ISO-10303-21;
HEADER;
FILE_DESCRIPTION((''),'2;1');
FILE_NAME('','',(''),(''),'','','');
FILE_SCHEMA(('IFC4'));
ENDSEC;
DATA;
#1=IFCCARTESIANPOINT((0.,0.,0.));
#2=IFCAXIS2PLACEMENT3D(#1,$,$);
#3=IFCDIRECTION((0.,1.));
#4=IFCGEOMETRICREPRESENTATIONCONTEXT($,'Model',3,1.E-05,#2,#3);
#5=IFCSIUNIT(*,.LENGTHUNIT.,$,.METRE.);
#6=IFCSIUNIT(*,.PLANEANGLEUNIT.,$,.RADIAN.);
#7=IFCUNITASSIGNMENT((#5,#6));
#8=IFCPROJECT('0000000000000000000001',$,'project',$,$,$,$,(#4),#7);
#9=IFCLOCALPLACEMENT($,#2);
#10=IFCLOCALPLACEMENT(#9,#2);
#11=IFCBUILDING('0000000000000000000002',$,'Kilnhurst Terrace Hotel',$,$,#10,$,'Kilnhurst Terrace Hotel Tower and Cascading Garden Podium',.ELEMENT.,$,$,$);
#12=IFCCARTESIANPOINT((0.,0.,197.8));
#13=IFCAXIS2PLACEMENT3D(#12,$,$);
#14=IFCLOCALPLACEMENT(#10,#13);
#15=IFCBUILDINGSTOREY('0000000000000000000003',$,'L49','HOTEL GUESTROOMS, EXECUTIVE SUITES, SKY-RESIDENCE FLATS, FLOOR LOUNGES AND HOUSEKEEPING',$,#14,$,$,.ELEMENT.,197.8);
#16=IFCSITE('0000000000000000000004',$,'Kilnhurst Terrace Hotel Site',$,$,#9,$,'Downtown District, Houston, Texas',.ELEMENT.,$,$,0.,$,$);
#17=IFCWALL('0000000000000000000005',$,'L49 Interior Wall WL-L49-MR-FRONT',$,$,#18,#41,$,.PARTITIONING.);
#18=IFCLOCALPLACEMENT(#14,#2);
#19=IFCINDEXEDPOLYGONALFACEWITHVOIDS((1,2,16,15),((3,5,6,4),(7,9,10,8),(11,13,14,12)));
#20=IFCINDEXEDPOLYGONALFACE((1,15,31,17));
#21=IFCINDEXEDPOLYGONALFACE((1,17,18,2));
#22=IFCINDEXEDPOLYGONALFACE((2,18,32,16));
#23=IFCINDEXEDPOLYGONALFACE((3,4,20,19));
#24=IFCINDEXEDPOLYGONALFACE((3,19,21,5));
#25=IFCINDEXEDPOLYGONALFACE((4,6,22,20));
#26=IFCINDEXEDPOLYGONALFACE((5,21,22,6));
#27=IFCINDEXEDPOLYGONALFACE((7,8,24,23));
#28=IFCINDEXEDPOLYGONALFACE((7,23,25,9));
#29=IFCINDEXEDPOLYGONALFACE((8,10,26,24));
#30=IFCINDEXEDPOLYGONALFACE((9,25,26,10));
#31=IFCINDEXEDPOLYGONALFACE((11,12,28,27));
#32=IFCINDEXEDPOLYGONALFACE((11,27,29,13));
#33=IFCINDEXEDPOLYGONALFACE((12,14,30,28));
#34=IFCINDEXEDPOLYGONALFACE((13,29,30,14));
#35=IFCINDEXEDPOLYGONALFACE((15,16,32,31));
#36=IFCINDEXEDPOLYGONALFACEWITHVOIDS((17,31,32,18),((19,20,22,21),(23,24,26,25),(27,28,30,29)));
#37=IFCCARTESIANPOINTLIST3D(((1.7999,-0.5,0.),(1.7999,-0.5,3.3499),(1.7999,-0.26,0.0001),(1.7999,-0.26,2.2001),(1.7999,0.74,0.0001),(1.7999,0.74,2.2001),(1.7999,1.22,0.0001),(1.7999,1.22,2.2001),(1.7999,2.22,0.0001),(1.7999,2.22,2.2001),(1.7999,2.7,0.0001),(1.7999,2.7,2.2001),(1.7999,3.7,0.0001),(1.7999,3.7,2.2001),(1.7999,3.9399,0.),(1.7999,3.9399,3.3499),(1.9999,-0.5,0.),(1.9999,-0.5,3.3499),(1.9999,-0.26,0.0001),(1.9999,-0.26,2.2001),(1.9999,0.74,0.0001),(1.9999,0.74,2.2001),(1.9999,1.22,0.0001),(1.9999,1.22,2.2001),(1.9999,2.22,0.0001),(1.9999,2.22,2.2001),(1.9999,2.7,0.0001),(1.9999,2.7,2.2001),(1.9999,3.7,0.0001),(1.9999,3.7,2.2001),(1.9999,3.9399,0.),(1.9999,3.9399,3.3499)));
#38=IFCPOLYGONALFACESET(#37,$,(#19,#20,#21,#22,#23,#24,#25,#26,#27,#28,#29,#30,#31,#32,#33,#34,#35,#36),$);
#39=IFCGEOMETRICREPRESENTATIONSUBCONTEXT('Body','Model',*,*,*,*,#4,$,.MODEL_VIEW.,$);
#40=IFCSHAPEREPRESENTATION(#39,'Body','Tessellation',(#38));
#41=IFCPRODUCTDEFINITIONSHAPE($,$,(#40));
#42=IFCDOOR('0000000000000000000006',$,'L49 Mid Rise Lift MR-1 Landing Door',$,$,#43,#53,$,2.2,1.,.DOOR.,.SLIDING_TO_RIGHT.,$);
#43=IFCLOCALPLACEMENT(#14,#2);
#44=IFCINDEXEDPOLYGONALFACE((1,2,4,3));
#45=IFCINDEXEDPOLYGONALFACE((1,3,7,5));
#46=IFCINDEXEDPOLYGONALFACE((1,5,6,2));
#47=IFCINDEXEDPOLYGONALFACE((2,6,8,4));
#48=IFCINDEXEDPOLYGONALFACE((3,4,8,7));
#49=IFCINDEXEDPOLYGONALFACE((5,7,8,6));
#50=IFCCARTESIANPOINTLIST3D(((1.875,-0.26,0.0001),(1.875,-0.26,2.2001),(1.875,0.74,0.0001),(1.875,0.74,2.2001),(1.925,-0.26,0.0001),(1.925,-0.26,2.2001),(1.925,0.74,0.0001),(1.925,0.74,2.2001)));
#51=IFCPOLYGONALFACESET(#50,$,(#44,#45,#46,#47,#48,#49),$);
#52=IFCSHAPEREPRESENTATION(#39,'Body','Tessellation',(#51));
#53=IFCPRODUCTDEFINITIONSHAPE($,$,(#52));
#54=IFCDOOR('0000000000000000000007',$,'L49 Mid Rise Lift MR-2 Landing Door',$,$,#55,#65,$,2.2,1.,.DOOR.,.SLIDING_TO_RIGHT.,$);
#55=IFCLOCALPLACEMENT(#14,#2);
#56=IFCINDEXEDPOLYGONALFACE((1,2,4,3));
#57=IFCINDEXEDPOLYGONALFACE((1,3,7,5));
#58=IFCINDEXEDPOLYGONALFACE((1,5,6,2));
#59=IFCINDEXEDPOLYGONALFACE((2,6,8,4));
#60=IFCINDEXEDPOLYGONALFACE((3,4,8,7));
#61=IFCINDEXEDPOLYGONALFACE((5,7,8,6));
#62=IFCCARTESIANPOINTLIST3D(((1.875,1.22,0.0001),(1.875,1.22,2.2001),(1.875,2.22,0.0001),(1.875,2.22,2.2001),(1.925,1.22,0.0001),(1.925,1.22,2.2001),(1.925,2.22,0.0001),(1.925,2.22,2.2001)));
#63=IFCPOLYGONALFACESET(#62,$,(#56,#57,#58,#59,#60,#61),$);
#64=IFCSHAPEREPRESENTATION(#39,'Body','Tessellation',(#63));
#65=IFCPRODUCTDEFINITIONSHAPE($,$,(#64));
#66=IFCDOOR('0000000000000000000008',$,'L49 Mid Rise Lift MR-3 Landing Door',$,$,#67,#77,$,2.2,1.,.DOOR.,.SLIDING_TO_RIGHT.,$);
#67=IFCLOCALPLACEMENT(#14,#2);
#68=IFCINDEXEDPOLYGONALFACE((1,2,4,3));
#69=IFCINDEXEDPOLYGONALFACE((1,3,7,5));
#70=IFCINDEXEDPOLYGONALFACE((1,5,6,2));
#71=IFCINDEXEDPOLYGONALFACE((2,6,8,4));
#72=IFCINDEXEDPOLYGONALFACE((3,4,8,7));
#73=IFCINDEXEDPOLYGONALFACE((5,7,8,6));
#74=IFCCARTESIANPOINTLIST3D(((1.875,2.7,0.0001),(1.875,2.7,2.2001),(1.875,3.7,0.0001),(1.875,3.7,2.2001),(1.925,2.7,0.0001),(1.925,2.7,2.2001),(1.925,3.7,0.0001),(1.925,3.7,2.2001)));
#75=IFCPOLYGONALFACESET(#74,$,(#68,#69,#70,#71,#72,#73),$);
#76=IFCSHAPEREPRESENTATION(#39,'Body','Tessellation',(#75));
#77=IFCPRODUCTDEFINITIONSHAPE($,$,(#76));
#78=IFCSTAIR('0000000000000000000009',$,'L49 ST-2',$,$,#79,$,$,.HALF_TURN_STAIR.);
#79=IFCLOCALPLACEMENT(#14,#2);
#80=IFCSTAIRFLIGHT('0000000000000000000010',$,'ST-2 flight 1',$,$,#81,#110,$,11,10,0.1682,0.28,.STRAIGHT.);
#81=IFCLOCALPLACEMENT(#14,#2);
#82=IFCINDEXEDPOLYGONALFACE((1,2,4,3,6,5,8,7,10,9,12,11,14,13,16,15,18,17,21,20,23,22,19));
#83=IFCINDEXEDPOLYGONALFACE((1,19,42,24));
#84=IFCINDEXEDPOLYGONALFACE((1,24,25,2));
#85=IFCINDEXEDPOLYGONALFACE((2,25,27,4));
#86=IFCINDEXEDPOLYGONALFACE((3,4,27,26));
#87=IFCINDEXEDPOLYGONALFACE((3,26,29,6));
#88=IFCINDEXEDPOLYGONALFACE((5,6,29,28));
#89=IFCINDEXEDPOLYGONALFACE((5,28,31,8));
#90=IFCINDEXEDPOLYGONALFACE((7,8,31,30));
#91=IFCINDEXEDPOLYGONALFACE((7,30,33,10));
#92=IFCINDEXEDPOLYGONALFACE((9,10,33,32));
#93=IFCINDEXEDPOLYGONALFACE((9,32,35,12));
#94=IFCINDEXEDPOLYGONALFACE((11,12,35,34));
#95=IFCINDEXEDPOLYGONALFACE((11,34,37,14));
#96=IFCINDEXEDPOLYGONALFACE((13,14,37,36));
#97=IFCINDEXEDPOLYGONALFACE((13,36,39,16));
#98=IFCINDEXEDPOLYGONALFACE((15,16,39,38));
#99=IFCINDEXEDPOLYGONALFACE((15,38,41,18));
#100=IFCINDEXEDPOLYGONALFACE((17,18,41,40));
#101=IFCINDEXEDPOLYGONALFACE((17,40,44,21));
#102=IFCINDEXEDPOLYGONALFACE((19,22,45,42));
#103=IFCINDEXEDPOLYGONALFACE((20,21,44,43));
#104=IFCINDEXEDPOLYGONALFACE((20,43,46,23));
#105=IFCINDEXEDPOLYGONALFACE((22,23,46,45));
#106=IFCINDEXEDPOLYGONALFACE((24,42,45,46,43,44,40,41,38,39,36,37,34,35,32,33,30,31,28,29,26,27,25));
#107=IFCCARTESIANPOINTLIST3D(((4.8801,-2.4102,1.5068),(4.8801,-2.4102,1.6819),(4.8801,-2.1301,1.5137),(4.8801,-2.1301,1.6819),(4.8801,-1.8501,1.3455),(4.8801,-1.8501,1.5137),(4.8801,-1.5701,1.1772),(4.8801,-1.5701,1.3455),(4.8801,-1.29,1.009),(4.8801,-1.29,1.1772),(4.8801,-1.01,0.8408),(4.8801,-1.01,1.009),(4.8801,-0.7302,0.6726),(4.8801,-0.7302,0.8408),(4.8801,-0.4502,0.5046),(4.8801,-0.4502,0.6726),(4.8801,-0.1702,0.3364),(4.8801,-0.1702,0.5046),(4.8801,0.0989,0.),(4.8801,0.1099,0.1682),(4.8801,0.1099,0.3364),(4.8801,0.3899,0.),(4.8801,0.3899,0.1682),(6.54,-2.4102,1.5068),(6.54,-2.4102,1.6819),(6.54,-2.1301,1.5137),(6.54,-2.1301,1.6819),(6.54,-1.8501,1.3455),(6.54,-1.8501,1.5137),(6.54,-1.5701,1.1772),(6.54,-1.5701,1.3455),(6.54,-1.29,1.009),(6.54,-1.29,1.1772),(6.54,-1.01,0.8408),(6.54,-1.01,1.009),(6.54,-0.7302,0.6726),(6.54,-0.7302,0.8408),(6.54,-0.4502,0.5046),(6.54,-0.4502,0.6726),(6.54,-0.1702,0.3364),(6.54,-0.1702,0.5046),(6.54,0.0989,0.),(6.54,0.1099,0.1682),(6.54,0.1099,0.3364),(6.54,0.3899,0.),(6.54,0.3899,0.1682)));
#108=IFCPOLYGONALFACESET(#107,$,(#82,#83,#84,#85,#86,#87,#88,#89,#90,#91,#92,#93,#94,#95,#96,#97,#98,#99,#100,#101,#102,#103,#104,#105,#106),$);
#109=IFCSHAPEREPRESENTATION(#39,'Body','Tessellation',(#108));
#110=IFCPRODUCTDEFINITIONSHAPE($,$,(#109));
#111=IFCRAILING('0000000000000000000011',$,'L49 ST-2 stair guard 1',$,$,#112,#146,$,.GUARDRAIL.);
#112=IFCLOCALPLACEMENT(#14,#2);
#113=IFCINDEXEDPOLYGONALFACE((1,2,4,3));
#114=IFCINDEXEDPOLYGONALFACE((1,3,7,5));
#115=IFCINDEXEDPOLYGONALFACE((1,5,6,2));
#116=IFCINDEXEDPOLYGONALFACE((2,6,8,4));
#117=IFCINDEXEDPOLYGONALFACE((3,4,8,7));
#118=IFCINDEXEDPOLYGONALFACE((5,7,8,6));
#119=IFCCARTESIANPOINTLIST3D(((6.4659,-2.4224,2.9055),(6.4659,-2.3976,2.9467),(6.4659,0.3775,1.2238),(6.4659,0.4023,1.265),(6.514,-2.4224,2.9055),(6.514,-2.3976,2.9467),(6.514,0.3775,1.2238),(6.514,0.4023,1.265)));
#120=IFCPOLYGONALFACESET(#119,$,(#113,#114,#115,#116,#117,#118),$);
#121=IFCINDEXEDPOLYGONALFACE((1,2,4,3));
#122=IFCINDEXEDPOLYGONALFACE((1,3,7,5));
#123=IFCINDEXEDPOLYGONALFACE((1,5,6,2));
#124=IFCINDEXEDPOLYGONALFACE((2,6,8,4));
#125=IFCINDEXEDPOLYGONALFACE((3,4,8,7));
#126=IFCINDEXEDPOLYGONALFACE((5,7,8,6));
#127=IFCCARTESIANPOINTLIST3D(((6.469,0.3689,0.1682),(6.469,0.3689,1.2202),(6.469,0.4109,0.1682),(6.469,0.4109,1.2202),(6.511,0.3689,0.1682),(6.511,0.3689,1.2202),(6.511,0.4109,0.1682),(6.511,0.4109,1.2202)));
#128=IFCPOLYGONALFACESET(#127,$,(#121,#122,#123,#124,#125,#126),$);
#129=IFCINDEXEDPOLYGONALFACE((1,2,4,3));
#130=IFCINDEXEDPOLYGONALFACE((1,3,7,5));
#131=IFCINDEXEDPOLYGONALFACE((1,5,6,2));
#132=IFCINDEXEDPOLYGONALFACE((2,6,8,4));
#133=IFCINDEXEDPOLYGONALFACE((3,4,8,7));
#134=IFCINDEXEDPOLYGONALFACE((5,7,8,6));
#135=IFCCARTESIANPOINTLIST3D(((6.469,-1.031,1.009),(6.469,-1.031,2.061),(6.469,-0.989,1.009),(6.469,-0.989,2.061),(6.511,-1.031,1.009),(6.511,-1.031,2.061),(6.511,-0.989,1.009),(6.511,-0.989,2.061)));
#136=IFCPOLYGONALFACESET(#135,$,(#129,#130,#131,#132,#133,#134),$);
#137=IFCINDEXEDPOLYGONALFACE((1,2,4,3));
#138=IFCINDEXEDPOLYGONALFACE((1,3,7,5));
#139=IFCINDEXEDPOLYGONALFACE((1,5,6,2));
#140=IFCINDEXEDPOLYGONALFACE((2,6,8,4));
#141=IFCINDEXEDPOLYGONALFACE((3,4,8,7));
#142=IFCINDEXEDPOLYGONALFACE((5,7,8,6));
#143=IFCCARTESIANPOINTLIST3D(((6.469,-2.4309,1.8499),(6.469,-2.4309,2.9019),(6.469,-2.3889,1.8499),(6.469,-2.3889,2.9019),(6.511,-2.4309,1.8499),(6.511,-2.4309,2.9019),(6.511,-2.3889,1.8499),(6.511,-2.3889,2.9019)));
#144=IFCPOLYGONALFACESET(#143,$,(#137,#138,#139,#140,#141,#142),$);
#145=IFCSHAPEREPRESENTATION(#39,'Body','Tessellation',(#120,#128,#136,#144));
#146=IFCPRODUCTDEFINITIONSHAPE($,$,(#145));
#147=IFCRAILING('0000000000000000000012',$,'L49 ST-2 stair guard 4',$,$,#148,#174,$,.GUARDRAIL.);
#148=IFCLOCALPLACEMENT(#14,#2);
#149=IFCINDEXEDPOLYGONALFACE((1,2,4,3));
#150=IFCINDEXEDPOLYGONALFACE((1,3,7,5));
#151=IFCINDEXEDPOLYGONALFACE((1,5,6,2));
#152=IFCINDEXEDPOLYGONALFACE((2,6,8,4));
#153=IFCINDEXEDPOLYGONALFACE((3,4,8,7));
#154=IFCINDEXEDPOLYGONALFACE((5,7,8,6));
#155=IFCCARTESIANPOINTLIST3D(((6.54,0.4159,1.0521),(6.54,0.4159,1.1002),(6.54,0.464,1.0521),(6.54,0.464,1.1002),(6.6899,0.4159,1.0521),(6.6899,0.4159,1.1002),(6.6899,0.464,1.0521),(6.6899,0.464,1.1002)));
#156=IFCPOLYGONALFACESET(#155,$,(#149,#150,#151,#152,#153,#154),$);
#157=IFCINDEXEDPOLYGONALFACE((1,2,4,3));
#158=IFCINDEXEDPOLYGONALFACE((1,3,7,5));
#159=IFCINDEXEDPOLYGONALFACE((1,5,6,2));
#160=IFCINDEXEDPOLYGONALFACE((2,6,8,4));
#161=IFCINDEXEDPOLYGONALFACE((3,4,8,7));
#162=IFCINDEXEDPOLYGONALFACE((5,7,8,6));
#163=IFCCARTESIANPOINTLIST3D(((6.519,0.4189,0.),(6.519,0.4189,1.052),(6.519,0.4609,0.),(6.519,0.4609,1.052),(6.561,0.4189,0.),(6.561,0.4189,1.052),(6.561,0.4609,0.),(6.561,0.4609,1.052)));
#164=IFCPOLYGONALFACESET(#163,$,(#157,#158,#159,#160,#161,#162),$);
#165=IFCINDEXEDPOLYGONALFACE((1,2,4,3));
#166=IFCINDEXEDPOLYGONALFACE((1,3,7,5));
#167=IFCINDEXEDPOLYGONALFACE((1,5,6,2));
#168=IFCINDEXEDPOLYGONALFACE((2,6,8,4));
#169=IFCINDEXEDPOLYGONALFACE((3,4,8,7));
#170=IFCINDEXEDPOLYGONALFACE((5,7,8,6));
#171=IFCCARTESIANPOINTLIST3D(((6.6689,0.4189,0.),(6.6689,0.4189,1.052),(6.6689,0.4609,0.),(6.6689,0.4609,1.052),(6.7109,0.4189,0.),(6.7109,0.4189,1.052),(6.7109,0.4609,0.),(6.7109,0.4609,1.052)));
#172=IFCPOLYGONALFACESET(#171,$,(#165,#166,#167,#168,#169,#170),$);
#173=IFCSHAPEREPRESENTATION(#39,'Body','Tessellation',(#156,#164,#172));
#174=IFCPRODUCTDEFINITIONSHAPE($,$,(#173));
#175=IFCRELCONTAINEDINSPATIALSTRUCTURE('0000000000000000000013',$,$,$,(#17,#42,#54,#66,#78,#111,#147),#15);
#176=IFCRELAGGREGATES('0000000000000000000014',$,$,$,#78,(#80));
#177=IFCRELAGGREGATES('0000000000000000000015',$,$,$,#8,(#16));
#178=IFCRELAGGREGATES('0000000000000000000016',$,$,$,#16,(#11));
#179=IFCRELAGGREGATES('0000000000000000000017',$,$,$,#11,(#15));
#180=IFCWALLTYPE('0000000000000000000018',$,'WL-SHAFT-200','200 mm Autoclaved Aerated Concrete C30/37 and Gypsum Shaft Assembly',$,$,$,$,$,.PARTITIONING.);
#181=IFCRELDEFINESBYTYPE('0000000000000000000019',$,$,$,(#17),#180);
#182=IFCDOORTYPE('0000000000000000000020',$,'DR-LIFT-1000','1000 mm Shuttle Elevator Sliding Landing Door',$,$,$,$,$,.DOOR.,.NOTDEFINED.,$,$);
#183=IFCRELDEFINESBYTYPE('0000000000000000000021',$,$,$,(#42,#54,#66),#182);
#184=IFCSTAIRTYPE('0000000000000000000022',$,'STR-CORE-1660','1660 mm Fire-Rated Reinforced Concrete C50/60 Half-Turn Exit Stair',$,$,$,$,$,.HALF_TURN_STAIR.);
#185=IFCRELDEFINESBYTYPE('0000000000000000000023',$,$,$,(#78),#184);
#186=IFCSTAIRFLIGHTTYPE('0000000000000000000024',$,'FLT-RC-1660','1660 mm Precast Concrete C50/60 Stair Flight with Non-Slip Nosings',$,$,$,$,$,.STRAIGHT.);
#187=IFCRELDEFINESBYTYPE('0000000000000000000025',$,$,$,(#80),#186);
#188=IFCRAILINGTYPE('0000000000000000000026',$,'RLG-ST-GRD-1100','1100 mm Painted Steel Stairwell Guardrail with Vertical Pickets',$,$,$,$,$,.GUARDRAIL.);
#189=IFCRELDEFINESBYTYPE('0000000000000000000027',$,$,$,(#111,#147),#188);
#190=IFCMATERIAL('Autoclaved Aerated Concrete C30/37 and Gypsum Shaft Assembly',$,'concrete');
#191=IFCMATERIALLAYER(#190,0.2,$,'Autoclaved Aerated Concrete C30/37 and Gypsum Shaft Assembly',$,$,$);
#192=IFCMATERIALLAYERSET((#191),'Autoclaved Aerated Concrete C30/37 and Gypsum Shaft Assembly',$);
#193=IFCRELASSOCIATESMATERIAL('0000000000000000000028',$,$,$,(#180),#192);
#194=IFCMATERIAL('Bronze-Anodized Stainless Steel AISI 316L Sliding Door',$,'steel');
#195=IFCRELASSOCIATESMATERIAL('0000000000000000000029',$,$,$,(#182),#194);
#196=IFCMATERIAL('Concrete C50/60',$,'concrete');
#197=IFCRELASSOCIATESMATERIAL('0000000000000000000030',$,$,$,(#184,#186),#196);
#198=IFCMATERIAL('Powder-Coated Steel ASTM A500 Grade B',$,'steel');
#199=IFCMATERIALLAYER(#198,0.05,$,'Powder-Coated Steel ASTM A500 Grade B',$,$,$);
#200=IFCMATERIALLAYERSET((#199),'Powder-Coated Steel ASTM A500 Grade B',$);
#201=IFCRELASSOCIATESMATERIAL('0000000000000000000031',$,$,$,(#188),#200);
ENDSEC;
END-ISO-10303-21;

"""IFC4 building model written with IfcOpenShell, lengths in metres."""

from ifc_helpers import new_model, si_unit, direction, frame, frame_2d, origin, origin_2d, place, context, subcontext, project, spatial, polyline, rectangle, outline, extrude, material, layer, layer_set, type_object, element, fill, aggregate, save


model = new_model("IFC4")

# Units and contexts
model_context = context("Model", 3, precision=1e-05, world=origin(), true_north=direction((0.0, 1.0)))
body_context = subcontext(model_context, "Body", "Model", "MODEL_VIEW")
ifc_project = project(units=[si_unit("LENGTHUNIT", "METRE"), si_unit("PLANEANGLEUNIT", "RADIAN")], contexts=[model_context])

# Site, building, storey
site_placement = place(None, origin())
site = spatial("IfcSite", under=ifc_project, at=site_placement, Name="Kilnhurst Terrace Hotel Site", LongName="Downtown District, Houston, Texas", CompositionType="ELEMENT", RefElevation=0.0)
building_placement = place(site_placement, origin())
building = spatial("IfcBuilding", under=site, at=building_placement, Name="Kilnhurst Terrace Hotel", LongName="Kilnhurst Terrace Hotel Tower and Cascading Garden Podium", CompositionType="ELEMENT")
storey_placement = place(building_placement, frame((0.0, 0.0, 197.8)))
storey = spatial("IfcBuildingStorey", under=building, at=storey_placement, Name="L49", Description="HOTEL GUESTROOMS, EXECUTIVE SUITES, SKY-RESIDENCE FLATS, FLOOR LOUNGES AND HOUSEKEEPING", CompositionType="ELEMENT", Elevation=197.8)

# Shared definitions
ifc_material_1 = material(Name="Autoclaved Aerated Concrete C30/37 and Gypsum Shaft Assembly", Category="concrete")
ifc_layer_1 = layer(ifc_material_1, 0.2, Name="Autoclaved Aerated Concrete C30/37 and Gypsum Shaft Assembly")
ifc_layer_set_1 = layer_set([ifc_layer_1], Name="Autoclaved Aerated Concrete C30/37 and Gypsum Shaft Assembly")
wall_type_1 = type_object("IfcWallType", Name="WL-SHAFT-200", Description="200 mm Autoclaved Aerated Concrete C30/37 and Gypsum Shaft Assembly", PredefinedType="PARTITIONING", material=ifc_layer_set_1)
ifc_material_2 = material(Name="Bronze-Anodized Stainless Steel AISI 316L Sliding Door", Category="steel")

# Wall, openings, doors
wall_1_placement = place(storey_placement, frame((1.8999, -0.5, 0.0), z_axis=(0.0, 0.0, 1.0), x_axis=(0.0, 1.0, 0.0)))
wall_1 = element("IfcWall", 1, at=wall_1_placement, inside=storey, type_object=wall_type_1, Name="L49 Interior Wall WL-L49-MR-FRONT", PredefinedType="PARTITIONING", context=body_context, shape_type="SweptSolid", body=[
    extrude(rectangle(XDim=4.4399, YDim=0.2, at=frame_2d((2.22, 0.0))), origin(), (0.0, 0.0, 1.0), 3.3499),
])
opening_1_placement = place(wall_1_placement, frame((0.24, 0.0, 0.0)))
opening_1 = element("IfcOpeningElement", 2, at=opening_1_placement, cuts=wall_1, PredefinedType="OPENING", context=body_context, shape_type="SweptSolid", body=[
    extrude(rectangle(XDim=1.0, YDim=2.2, at=frame_2d((0.5, 1.1001))), frame((0.0, 0.1099, 0.0), z_axis=(0.0, -1.0, 0.0), x_axis=(1.0, 0.0, 0.0)), (0.0, 0.0, 1.0), 0.22),
])
opening_2_placement = place(wall_1_placement, frame((1.72, 0.0, 0.0)))
opening_2 = element("IfcOpeningElement", 3, at=opening_2_placement, cuts=wall_1, PredefinedType="OPENING", context=body_context, shape_type="SweptSolid", body=[
    extrude(rectangle(XDim=1.0, YDim=2.2, at=frame_2d((0.5, 1.1001))), frame((0.0, 0.1099, 0.0), z_axis=(0.0, -1.0, 0.0), x_axis=(1.0, 0.0, 0.0)), (0.0, 0.0, 1.0), 0.22),
])
opening_3_placement = place(wall_1_placement, frame((3.2, 0.0, 0.0)))
opening_3 = element("IfcOpeningElement", 4, at=opening_3_placement, cuts=wall_1, PredefinedType="OPENING", context=body_context, shape_type="SweptSolid", body=[
    extrude(rectangle(XDim=1.0, YDim=2.2, at=frame_2d((0.5, 1.1001))), frame((0.0, 0.1099, 0.0), z_axis=(0.0, -1.0, 0.0), x_axis=(1.0, 0.0, 0.0)), (0.0, 0.0, 1.0), 0.22),
])
door_type_1 = type_object("IfcDoorType", Name="DR-LIFT-1000", Description="1000 mm Shuttle Elevator Sliding Landing Door", OperationType="NOTDEFINED", PredefinedType="DOOR", material=ifc_material_2)
door_1_placement = place(opening_1_placement, origin())
door_1 = element("IfcDoor", 5, at=door_1_placement, inside=storey, type_object=door_type_1, Name="L49 Mid Rise Lift MR-1 Landing Door", OperationType="SLIDING_TO_RIGHT", OverallHeight=2.2, OverallWidth=1.0, PredefinedType="DOOR", context=body_context, shape_type="SweptSolid", body=[
    extrude(rectangle(XDim=1.0, YDim=2.2, at=frame_2d((0.5, 1.1001))), frame((0.0, 0.0249, 0.0), z_axis=(0.0, -1.0, 0.0), x_axis=(1.0, 0.0, 0.0)), (0.0, 0.0, 1.0), 0.05),
])
fill(opening_1, door_1)
door_2_placement = place(opening_2_placement, origin())
door_2 = element("IfcDoor", 6, at=door_2_placement, inside=storey, type_object=door_type_1, Name="L49 Mid Rise Lift MR-2 Landing Door", OperationType="SLIDING_TO_RIGHT", OverallHeight=2.2, OverallWidth=1.0, PredefinedType="DOOR", context=body_context, shape_type="SweptSolid", body=[
    extrude(rectangle(XDim=1.0, YDim=2.2, at=frame_2d((0.5, 1.1001))), frame((0.0, 0.0249, 0.0), z_axis=(0.0, -1.0, 0.0), x_axis=(1.0, 0.0, 0.0)), (0.0, 0.0, 1.0), 0.05),
])
fill(opening_2, door_2)
door_3_placement = place(opening_3_placement, origin())
door_3 = element("IfcDoor", 7, at=door_3_placement, inside=storey, type_object=door_type_1, Name="L49 Mid Rise Lift MR-3 Landing Door", OperationType="SLIDING_TO_RIGHT", OverallHeight=2.2, OverallWidth=1.0, PredefinedType="DOOR", context=body_context, shape_type="SweptSolid", body=[
    extrude(rectangle(XDim=1.0, YDim=2.2, at=frame_2d((0.5, 1.1001))), frame((0.0, 0.0249, 0.0), z_axis=(0.0, -1.0, 0.0), x_axis=(1.0, 0.0, 0.0)), (0.0, 0.0, 1.0), 0.05),
])
fill(opening_3, door_3)

# Shared definitions
ifc_material_3 = material(Name="Concrete C50/60", Category="concrete")

# Stair, stair flight
stair_type = type_object("IfcStairType", Name="STR-CORE-1660", Description="1660 mm Fire-Rated Reinforced Concrete C50/60 Half-Turn Exit Stair", PredefinedType="HALF_TURN_STAIR", material=ifc_material_3)
stair_placement = place(storey_placement, origin())
stair = element("IfcStair", 8, at=stair_placement, inside=storey, type_object=stair_type, Name="L49 ST-2", PredefinedType="HALF_TURN_STAIR")
stair_flight_type = type_object("IfcStairFlightType", Name="FLT-RC-1660", Description="1660 mm Precast Concrete C50/60 Stair Flight with Non-Slip Nosings", PredefinedType="STRAIGHT", material=ifc_material_3)
stair_flight_placement = place(storey_placement, frame((5.71, 0.3899, 0.0), z_axis=(0.0, 0.0, 1.0), x_axis=(0.0, -1.0, 0.0)))
stair_flight = element("IfcStairFlight", 9, at=stair_flight_placement, type_object=stair_flight_type, Name="ST-2 flight 1", NumberOfRisers=11, NumberOfTreads=10, PredefinedType="STRAIGHT", RiserHeight=0.1682, TreadLength=0.28, context=body_context, shape_type="SweptSolid", body=[
    extrude(outline(polyline([(0.0, 0.0), (0.0, 0.1682), (0.28, 0.1682), (0.28, 0.3364), (0.5601, 0.3364), (0.5601, 0.5046), (0.8401, 0.5046), (0.8401, 0.6726), (1.1201, 0.6726), (1.1201, 0.8408), (1.3999, 0.8408), (1.3999, 1.009), (1.6799, 1.009), (1.6799, 1.1772), (1.96, 1.1772), (1.96, 1.3455), (2.24, 1.3455), (2.24, 1.5137), (2.52, 1.5137), (2.52, 1.6819), (2.8, 1.6819), (2.8, 1.8501), (2.8, 1.5068), (0.291, 0.0), (0.0, 0.0)])), frame((0.0, 0.8301, 0.0), z_axis=(0.0, -1.0, 0.0), x_axis=(1.0, 0.0, 0.0)), (0.0, 0.0, 1.0), 1.6599),
])
aggregate(stair, [stair_flight])

# Railings
ifc_material_4 = material(Name="Powder-Coated Steel ASTM A500 Grade B", Category="steel")
ifc_layer_2 = layer(ifc_material_4, 0.05, Name="Powder-Coated Steel ASTM A500 Grade B")
ifc_layer_set_2 = layer_set([ifc_layer_2], Name="Powder-Coated Steel ASTM A500 Grade B")
railing_type_1 = type_object("IfcRailingType", Name="RLG-ST-GRD-1100", Description="1100 mm Painted Steel Stairwell Guardrail with Vertical Pickets", PredefinedType="GUARDRAIL", material=ifc_layer_set_2)
railing_1_placement = place(storey_placement, frame((6.49, 0.3899, 0.1682)))
element("IfcRailing", 10, at=railing_1_placement, inside=storey, type_object=railing_type_1, Name="L49 ST-2 stair guard 1", PredefinedType="GUARDRAIL", context=body_context, shape_type="SweptSolid", body=[
    extrude(rectangle(XDim=0.0481, YDim=0.0481, at=origin_2d()), frame((0.0, 0.0, 1.0762), z_axis=(0.0, -0.857255, 0.514891), x_axis=(1.0, 0.0, 0.0)), (0.0, 0.0, 1.0), 3.2661),
    extrude(rectangle(XDim=0.042, YDim=0.042, at=origin_2d()), origin(), (0.0, 0.0, 1.0), 1.052),
    extrude(rectangle(XDim=0.042, YDim=0.042, at=origin_2d()), frame((0.0, -1.3999, 0.8408)), (0.0, 0.0, 1.0), 1.052),
    extrude(rectangle(XDim=0.042, YDim=0.042, at=origin_2d()), frame((0.0, -2.7998, 1.6816)), (0.0, 0.0, 1.0), 1.052),
])
railing_2_placement = place(storey_placement, frame((6.54, 0.4399, 0.0)))
element("IfcRailing", 11, at=railing_2_placement, inside=storey, type_object=railing_type_1, Name="L49 ST-2 stair guard 4", PredefinedType="GUARDRAIL", context=body_context, shape_type="SweptSolid", body=[
    extrude(rectangle(XDim=0.0481, YDim=0.0481, at=origin_2d()), frame((0.0, 0.0, 1.0762), z_axis=(1.0, 0.0, 0.0), x_axis=(0.0, 1.0, 0.0)), (0.0, 0.0, 1.0), 0.1499),
    extrude(rectangle(XDim=0.042, YDim=0.042, at=origin_2d()), origin(), (0.0, 0.0, 1.0), 1.052),
    extrude(rectangle(XDim=0.042, YDim=0.042, at=origin_2d()), frame((0.1499, 0.0, 0.0)), (0.0, 0.0, 1.0), 1.052),
])

save(model, "model.ifc")
